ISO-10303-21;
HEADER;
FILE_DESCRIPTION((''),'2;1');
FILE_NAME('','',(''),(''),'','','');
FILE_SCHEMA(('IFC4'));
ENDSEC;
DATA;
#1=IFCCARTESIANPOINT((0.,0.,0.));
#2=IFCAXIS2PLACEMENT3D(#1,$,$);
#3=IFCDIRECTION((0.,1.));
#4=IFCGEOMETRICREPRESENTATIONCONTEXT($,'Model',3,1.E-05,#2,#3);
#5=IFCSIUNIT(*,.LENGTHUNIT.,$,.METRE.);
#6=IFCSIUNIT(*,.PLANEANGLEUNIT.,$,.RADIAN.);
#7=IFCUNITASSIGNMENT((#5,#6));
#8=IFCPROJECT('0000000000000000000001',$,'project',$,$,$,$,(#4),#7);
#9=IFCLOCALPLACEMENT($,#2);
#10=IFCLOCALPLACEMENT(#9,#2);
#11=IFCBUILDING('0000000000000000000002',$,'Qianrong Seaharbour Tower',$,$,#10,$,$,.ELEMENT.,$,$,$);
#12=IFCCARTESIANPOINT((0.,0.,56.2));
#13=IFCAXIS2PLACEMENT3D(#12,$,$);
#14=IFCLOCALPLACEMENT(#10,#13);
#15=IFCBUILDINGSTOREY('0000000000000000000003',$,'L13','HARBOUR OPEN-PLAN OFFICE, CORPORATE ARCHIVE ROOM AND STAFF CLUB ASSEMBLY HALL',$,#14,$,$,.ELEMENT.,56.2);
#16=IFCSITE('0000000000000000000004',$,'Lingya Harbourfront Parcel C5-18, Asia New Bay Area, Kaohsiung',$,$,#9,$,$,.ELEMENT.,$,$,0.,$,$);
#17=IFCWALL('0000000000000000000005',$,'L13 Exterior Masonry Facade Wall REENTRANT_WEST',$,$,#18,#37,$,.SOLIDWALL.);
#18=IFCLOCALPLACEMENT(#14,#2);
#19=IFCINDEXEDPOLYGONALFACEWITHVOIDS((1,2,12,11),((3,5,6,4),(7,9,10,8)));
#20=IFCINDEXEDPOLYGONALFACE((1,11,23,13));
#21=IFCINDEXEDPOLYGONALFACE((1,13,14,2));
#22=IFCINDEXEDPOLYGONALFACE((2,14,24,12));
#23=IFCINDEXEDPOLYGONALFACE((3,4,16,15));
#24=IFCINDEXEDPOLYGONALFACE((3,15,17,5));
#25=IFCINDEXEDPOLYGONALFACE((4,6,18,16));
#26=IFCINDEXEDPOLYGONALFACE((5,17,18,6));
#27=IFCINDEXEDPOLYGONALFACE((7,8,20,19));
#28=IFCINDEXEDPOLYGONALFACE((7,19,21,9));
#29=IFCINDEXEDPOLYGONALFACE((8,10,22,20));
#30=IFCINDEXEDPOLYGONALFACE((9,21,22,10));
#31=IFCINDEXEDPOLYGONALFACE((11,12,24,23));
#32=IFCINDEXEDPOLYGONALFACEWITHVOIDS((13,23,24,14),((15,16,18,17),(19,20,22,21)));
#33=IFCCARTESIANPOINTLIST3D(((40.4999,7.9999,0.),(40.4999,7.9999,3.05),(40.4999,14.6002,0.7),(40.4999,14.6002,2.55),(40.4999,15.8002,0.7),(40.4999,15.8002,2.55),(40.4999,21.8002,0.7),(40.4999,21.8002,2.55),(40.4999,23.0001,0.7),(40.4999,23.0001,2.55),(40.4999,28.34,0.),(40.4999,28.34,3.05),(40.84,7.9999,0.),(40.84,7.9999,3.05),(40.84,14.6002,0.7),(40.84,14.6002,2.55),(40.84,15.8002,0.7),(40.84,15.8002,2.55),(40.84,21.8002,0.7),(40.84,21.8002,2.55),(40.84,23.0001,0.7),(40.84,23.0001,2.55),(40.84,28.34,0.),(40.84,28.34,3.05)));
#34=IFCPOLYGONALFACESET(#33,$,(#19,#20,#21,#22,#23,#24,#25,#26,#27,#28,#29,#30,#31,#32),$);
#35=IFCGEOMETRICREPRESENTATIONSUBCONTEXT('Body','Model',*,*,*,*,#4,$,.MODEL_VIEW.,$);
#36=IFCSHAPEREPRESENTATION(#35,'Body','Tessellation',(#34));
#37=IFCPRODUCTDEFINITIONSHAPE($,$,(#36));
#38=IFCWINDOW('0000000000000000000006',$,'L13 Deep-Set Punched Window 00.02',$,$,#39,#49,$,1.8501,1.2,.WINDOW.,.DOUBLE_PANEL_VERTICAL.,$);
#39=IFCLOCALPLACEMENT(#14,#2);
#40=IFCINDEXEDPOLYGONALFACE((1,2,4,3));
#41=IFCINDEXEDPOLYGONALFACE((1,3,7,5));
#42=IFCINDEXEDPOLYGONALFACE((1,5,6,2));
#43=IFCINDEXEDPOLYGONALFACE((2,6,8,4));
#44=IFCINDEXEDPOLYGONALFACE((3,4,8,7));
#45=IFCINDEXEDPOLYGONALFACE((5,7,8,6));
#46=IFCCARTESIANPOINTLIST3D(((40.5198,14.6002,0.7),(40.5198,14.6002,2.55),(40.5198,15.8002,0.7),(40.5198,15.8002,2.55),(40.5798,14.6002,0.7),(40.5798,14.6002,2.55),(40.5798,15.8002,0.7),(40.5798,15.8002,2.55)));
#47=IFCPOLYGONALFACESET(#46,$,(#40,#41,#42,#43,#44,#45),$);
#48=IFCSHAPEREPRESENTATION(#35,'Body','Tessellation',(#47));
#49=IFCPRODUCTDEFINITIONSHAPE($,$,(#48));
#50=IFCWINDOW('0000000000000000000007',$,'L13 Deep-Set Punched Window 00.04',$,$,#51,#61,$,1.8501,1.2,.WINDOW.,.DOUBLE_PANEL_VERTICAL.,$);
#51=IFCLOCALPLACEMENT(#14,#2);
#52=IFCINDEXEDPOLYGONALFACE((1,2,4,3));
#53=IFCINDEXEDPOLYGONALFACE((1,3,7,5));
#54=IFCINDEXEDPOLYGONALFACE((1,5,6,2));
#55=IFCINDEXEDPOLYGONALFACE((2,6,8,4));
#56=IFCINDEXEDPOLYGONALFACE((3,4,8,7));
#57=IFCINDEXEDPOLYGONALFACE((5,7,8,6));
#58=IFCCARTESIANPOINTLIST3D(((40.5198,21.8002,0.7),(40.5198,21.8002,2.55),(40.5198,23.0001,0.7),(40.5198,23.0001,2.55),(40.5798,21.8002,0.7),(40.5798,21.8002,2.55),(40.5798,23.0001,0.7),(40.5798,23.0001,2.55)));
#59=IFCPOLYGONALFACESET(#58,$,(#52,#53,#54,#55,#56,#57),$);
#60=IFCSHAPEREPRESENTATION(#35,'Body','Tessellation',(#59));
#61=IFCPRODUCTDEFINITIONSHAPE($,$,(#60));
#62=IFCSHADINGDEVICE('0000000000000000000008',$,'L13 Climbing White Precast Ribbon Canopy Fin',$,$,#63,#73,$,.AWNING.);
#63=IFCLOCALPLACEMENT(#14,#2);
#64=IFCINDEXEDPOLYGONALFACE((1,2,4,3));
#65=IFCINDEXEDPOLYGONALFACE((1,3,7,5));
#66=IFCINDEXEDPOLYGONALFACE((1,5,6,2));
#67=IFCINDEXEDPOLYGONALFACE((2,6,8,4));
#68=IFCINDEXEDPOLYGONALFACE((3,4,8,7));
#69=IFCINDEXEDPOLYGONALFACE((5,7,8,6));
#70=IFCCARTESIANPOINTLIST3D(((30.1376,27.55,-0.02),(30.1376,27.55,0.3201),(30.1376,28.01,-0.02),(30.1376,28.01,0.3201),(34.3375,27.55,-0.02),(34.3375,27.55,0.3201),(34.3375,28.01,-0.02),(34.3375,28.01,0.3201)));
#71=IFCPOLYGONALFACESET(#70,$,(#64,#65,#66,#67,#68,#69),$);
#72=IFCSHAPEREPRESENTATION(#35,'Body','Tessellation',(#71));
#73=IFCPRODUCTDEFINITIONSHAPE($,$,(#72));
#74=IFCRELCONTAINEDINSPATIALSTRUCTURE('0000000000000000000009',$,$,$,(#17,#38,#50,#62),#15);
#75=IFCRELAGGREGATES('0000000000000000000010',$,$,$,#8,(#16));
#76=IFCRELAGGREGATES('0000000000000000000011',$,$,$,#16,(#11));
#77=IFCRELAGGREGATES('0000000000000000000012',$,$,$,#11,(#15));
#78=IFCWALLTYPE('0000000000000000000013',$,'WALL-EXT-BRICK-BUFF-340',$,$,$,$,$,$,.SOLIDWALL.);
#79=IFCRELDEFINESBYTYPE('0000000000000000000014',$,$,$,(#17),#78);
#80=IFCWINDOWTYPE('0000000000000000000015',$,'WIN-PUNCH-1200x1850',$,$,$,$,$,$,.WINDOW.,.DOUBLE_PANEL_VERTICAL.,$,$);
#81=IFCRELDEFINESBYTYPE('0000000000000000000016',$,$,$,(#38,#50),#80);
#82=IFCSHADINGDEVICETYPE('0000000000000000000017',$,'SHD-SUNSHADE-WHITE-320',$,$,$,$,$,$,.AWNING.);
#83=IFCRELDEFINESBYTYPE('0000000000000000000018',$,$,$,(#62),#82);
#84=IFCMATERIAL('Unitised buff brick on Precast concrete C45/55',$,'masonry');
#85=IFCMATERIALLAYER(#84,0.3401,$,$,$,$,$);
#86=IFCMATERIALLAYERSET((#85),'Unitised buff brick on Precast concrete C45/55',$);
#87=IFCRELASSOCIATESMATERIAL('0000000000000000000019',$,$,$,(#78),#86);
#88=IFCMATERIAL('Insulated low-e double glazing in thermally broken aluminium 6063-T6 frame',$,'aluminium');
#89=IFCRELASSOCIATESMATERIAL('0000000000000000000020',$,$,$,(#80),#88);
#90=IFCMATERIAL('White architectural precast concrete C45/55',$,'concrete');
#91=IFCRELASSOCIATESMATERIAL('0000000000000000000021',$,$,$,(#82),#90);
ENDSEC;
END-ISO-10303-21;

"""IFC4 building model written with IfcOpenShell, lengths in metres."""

from ifc_helpers import new_model, si_unit, direction, frame, frame_2d, origin, origin_2d, place, context, subcontext, project, spatial, rectangle, extrude, material, layer, layer_set, type_object, element, fill, save


model = new_model("IFC4")

# Units and contexts
model_context = context("Model", 3, precision=1e-05, world=origin(), true_north=direction((0.0, 1.0)))
body_context = subcontext(model_context, "Body", "Model", "MODEL_VIEW")
ifc_project = project(units=[si_unit("LENGTHUNIT", "METRE"), si_unit("PLANEANGLEUNIT", "RADIAN")], contexts=[model_context])

# Site, building, storey
site_placement = place(None, origin())
site = spatial("IfcSite", under=ifc_project, at=site_placement, Name="Lingya Harbourfront Parcel C5-18, Asia New Bay Area, Kaohsiung", CompositionType="ELEMENT", RefElevation=0.0)
building_placement = place(site_placement, origin())
building = spatial("IfcBuilding", under=site, at=building_placement, Name="Qianrong Seaharbour Tower", CompositionType="ELEMENT")
storey_placement = place(building_placement, frame((0.0, 0.0, 56.2)))
storey = spatial("IfcBuildingStorey", under=building, at=storey_placement, Name="L13", Description="HARBOUR OPEN-PLAN OFFICE, CORPORATE ARCHIVE ROOM AND STAFF CLUB ASSEMBLY HALL", CompositionType="ELEMENT", Elevation=56.2)

# Wall, openings, windows
ifc_material_1 = material(Name="Unitised buff brick on Precast concrete C45/55", Category="masonry")
ifc_layer = layer(ifc_material_1, 0.3401)
ifc_layer_set = layer_set([ifc_layer], Name="Unitised buff brick on Precast concrete C45/55")
wall_type = type_object("IfcWallType", Name="WALL-EXT-BRICK-BUFF-340", PredefinedType="SOLIDWALL", material=ifc_layer_set)
wall_placement = place(storey_placement, frame((40.6699, 8.0, 0.0), z_axis=(0.0, 0.0, 1.0), x_axis=(0.0, 1.0, 0.0)))
wall = element("IfcWall", 1, at=wall_placement, inside=storey, type_object=wall_type, Name="L13 Exterior Masonry Facade Wall REENTRANT_WEST", PredefinedType="SOLIDWALL", context=body_context, shape_type="SweptSolid", body=[
    extrude(rectangle(XDim=20.3401, YDim=0.3401, at=frame_2d((10.1699, 0.0))), origin(), (0.0, 0.0, 1.0), 3.05),
])
opening_1_placement = place(wall_placement, frame((6.6001, 0.0, 0.7)))
opening_1 = element("IfcOpeningElement", 2, at=opening_1_placement, cuts=wall, PredefinedType="OPENING", context=body_context, shape_type="SweptSolid", body=[
    extrude(rectangle(XDim=1.2, YDim=1.8501, at=frame_2d((0.6001, 0.925))), frame((0.0, 0.1802, 0.0), z_axis=(0.0, -1.0, 0.0), x_axis=(1.0, 0.0, 0.0)), (0.0, 0.0, 1.0), 0.3601),
])
opening_2_placement = place(wall_placement, frame((13.8, 0.0, 0.7)))
opening_2 = element("IfcOpeningElement", 3, at=opening_2_placement, cuts=wall, PredefinedType="OPENING", context=body_context, shape_type="SweptSolid", body=[
    extrude(rectangle(XDim=1.2, YDim=1.8501, at=frame_2d((0.6001, 0.925))), frame((0.0, 0.1802, 0.0), z_axis=(0.0, -1.0, 0.0), x_axis=(1.0, 0.0, 0.0)), (0.0, 0.0, 1.0), 0.3601),
])
ifc_material_2 = material(Name="Insulated low-e double glazing in thermally broken aluminium 6063-T6 frame", Category="aluminium")
window_type = type_object("IfcWindowType", Name="WIN-PUNCH-1200x1850", PartitioningType="DOUBLE_PANEL_VERTICAL", PredefinedType="WINDOW", material=ifc_material_2)
window_1_placement = place(opening_1_placement, origin())
window_1 = element("IfcWindow", 4, at=window_1_placement, inside=storey, type_object=window_type, Name="L13 Deep-Set Punched Window 00.02", OverallHeight=1.8501, OverallWidth=1.2, PartitioningType="DOUBLE_PANEL_VERTICAL", PredefinedType="WINDOW", context=body_context, shape_type="SweptSolid", body=[
    extrude(rectangle(XDim=1.2, YDim=1.8501, at=frame_2d((0.6001, 0.925))), frame((0.0, 0.1501, 0.0), z_axis=(0.0, -1.0, 0.0), x_axis=(1.0, 0.0, 0.0)), (0.0, 0.0, 1.0), 0.0601),
])
fill(opening_1, window_1)
window_2_placement = place(opening_2_placement, origin())
window_2 = element("IfcWindow", 5, at=window_2_placement, inside=storey, type_object=window_type, Name="L13 Deep-Set Punched Window 00.04", OverallHeight=1.8501, OverallWidth=1.2, PartitioningType="DOUBLE_PANEL_VERTICAL", PredefinedType="WINDOW", context=body_context, shape_type="SweptSolid", body=[
    extrude(rectangle(XDim=1.2, YDim=1.8501, at=frame_2d((0.6001, 0.925))), frame((0.0, 0.1501, 0.0), z_axis=(0.0, -1.0, 0.0), x_axis=(1.0, 0.0, 0.0)), (0.0, 0.0, 1.0), 0.0601),
])
fill(opening_2, window_2)

# Shading device
ifc_material_3 = material(Name="White architectural precast concrete C45/55", Category="concrete")
shading_device_type = type_object("IfcShadingDeviceType", Name="SHD-SUNSHADE-WHITE-320", PredefinedType="AWNING", material=ifc_material_3)
shading_device_placement = place(storey_placement, frame((32.2375, 27.78, -0.02), z_axis=(0.0, 0.0, 1.0), x_axis=(1.0, 0.0, 0.0)))
element("IfcShadingDevice", 6, at=shading_device_placement, inside=storey, type_object=shading_device_type, Name="L13 Climbing White Precast Ribbon Canopy Fin", PredefinedType="AWNING", context=body_context, shape_type="SweptSolid", body=[
    extrude(rectangle(XDim=4.2, YDim=0.46, at=origin_2d()), origin(), (0.0, 0.0, 1.0), 0.3401),
])

save(model, "model.ifc")
